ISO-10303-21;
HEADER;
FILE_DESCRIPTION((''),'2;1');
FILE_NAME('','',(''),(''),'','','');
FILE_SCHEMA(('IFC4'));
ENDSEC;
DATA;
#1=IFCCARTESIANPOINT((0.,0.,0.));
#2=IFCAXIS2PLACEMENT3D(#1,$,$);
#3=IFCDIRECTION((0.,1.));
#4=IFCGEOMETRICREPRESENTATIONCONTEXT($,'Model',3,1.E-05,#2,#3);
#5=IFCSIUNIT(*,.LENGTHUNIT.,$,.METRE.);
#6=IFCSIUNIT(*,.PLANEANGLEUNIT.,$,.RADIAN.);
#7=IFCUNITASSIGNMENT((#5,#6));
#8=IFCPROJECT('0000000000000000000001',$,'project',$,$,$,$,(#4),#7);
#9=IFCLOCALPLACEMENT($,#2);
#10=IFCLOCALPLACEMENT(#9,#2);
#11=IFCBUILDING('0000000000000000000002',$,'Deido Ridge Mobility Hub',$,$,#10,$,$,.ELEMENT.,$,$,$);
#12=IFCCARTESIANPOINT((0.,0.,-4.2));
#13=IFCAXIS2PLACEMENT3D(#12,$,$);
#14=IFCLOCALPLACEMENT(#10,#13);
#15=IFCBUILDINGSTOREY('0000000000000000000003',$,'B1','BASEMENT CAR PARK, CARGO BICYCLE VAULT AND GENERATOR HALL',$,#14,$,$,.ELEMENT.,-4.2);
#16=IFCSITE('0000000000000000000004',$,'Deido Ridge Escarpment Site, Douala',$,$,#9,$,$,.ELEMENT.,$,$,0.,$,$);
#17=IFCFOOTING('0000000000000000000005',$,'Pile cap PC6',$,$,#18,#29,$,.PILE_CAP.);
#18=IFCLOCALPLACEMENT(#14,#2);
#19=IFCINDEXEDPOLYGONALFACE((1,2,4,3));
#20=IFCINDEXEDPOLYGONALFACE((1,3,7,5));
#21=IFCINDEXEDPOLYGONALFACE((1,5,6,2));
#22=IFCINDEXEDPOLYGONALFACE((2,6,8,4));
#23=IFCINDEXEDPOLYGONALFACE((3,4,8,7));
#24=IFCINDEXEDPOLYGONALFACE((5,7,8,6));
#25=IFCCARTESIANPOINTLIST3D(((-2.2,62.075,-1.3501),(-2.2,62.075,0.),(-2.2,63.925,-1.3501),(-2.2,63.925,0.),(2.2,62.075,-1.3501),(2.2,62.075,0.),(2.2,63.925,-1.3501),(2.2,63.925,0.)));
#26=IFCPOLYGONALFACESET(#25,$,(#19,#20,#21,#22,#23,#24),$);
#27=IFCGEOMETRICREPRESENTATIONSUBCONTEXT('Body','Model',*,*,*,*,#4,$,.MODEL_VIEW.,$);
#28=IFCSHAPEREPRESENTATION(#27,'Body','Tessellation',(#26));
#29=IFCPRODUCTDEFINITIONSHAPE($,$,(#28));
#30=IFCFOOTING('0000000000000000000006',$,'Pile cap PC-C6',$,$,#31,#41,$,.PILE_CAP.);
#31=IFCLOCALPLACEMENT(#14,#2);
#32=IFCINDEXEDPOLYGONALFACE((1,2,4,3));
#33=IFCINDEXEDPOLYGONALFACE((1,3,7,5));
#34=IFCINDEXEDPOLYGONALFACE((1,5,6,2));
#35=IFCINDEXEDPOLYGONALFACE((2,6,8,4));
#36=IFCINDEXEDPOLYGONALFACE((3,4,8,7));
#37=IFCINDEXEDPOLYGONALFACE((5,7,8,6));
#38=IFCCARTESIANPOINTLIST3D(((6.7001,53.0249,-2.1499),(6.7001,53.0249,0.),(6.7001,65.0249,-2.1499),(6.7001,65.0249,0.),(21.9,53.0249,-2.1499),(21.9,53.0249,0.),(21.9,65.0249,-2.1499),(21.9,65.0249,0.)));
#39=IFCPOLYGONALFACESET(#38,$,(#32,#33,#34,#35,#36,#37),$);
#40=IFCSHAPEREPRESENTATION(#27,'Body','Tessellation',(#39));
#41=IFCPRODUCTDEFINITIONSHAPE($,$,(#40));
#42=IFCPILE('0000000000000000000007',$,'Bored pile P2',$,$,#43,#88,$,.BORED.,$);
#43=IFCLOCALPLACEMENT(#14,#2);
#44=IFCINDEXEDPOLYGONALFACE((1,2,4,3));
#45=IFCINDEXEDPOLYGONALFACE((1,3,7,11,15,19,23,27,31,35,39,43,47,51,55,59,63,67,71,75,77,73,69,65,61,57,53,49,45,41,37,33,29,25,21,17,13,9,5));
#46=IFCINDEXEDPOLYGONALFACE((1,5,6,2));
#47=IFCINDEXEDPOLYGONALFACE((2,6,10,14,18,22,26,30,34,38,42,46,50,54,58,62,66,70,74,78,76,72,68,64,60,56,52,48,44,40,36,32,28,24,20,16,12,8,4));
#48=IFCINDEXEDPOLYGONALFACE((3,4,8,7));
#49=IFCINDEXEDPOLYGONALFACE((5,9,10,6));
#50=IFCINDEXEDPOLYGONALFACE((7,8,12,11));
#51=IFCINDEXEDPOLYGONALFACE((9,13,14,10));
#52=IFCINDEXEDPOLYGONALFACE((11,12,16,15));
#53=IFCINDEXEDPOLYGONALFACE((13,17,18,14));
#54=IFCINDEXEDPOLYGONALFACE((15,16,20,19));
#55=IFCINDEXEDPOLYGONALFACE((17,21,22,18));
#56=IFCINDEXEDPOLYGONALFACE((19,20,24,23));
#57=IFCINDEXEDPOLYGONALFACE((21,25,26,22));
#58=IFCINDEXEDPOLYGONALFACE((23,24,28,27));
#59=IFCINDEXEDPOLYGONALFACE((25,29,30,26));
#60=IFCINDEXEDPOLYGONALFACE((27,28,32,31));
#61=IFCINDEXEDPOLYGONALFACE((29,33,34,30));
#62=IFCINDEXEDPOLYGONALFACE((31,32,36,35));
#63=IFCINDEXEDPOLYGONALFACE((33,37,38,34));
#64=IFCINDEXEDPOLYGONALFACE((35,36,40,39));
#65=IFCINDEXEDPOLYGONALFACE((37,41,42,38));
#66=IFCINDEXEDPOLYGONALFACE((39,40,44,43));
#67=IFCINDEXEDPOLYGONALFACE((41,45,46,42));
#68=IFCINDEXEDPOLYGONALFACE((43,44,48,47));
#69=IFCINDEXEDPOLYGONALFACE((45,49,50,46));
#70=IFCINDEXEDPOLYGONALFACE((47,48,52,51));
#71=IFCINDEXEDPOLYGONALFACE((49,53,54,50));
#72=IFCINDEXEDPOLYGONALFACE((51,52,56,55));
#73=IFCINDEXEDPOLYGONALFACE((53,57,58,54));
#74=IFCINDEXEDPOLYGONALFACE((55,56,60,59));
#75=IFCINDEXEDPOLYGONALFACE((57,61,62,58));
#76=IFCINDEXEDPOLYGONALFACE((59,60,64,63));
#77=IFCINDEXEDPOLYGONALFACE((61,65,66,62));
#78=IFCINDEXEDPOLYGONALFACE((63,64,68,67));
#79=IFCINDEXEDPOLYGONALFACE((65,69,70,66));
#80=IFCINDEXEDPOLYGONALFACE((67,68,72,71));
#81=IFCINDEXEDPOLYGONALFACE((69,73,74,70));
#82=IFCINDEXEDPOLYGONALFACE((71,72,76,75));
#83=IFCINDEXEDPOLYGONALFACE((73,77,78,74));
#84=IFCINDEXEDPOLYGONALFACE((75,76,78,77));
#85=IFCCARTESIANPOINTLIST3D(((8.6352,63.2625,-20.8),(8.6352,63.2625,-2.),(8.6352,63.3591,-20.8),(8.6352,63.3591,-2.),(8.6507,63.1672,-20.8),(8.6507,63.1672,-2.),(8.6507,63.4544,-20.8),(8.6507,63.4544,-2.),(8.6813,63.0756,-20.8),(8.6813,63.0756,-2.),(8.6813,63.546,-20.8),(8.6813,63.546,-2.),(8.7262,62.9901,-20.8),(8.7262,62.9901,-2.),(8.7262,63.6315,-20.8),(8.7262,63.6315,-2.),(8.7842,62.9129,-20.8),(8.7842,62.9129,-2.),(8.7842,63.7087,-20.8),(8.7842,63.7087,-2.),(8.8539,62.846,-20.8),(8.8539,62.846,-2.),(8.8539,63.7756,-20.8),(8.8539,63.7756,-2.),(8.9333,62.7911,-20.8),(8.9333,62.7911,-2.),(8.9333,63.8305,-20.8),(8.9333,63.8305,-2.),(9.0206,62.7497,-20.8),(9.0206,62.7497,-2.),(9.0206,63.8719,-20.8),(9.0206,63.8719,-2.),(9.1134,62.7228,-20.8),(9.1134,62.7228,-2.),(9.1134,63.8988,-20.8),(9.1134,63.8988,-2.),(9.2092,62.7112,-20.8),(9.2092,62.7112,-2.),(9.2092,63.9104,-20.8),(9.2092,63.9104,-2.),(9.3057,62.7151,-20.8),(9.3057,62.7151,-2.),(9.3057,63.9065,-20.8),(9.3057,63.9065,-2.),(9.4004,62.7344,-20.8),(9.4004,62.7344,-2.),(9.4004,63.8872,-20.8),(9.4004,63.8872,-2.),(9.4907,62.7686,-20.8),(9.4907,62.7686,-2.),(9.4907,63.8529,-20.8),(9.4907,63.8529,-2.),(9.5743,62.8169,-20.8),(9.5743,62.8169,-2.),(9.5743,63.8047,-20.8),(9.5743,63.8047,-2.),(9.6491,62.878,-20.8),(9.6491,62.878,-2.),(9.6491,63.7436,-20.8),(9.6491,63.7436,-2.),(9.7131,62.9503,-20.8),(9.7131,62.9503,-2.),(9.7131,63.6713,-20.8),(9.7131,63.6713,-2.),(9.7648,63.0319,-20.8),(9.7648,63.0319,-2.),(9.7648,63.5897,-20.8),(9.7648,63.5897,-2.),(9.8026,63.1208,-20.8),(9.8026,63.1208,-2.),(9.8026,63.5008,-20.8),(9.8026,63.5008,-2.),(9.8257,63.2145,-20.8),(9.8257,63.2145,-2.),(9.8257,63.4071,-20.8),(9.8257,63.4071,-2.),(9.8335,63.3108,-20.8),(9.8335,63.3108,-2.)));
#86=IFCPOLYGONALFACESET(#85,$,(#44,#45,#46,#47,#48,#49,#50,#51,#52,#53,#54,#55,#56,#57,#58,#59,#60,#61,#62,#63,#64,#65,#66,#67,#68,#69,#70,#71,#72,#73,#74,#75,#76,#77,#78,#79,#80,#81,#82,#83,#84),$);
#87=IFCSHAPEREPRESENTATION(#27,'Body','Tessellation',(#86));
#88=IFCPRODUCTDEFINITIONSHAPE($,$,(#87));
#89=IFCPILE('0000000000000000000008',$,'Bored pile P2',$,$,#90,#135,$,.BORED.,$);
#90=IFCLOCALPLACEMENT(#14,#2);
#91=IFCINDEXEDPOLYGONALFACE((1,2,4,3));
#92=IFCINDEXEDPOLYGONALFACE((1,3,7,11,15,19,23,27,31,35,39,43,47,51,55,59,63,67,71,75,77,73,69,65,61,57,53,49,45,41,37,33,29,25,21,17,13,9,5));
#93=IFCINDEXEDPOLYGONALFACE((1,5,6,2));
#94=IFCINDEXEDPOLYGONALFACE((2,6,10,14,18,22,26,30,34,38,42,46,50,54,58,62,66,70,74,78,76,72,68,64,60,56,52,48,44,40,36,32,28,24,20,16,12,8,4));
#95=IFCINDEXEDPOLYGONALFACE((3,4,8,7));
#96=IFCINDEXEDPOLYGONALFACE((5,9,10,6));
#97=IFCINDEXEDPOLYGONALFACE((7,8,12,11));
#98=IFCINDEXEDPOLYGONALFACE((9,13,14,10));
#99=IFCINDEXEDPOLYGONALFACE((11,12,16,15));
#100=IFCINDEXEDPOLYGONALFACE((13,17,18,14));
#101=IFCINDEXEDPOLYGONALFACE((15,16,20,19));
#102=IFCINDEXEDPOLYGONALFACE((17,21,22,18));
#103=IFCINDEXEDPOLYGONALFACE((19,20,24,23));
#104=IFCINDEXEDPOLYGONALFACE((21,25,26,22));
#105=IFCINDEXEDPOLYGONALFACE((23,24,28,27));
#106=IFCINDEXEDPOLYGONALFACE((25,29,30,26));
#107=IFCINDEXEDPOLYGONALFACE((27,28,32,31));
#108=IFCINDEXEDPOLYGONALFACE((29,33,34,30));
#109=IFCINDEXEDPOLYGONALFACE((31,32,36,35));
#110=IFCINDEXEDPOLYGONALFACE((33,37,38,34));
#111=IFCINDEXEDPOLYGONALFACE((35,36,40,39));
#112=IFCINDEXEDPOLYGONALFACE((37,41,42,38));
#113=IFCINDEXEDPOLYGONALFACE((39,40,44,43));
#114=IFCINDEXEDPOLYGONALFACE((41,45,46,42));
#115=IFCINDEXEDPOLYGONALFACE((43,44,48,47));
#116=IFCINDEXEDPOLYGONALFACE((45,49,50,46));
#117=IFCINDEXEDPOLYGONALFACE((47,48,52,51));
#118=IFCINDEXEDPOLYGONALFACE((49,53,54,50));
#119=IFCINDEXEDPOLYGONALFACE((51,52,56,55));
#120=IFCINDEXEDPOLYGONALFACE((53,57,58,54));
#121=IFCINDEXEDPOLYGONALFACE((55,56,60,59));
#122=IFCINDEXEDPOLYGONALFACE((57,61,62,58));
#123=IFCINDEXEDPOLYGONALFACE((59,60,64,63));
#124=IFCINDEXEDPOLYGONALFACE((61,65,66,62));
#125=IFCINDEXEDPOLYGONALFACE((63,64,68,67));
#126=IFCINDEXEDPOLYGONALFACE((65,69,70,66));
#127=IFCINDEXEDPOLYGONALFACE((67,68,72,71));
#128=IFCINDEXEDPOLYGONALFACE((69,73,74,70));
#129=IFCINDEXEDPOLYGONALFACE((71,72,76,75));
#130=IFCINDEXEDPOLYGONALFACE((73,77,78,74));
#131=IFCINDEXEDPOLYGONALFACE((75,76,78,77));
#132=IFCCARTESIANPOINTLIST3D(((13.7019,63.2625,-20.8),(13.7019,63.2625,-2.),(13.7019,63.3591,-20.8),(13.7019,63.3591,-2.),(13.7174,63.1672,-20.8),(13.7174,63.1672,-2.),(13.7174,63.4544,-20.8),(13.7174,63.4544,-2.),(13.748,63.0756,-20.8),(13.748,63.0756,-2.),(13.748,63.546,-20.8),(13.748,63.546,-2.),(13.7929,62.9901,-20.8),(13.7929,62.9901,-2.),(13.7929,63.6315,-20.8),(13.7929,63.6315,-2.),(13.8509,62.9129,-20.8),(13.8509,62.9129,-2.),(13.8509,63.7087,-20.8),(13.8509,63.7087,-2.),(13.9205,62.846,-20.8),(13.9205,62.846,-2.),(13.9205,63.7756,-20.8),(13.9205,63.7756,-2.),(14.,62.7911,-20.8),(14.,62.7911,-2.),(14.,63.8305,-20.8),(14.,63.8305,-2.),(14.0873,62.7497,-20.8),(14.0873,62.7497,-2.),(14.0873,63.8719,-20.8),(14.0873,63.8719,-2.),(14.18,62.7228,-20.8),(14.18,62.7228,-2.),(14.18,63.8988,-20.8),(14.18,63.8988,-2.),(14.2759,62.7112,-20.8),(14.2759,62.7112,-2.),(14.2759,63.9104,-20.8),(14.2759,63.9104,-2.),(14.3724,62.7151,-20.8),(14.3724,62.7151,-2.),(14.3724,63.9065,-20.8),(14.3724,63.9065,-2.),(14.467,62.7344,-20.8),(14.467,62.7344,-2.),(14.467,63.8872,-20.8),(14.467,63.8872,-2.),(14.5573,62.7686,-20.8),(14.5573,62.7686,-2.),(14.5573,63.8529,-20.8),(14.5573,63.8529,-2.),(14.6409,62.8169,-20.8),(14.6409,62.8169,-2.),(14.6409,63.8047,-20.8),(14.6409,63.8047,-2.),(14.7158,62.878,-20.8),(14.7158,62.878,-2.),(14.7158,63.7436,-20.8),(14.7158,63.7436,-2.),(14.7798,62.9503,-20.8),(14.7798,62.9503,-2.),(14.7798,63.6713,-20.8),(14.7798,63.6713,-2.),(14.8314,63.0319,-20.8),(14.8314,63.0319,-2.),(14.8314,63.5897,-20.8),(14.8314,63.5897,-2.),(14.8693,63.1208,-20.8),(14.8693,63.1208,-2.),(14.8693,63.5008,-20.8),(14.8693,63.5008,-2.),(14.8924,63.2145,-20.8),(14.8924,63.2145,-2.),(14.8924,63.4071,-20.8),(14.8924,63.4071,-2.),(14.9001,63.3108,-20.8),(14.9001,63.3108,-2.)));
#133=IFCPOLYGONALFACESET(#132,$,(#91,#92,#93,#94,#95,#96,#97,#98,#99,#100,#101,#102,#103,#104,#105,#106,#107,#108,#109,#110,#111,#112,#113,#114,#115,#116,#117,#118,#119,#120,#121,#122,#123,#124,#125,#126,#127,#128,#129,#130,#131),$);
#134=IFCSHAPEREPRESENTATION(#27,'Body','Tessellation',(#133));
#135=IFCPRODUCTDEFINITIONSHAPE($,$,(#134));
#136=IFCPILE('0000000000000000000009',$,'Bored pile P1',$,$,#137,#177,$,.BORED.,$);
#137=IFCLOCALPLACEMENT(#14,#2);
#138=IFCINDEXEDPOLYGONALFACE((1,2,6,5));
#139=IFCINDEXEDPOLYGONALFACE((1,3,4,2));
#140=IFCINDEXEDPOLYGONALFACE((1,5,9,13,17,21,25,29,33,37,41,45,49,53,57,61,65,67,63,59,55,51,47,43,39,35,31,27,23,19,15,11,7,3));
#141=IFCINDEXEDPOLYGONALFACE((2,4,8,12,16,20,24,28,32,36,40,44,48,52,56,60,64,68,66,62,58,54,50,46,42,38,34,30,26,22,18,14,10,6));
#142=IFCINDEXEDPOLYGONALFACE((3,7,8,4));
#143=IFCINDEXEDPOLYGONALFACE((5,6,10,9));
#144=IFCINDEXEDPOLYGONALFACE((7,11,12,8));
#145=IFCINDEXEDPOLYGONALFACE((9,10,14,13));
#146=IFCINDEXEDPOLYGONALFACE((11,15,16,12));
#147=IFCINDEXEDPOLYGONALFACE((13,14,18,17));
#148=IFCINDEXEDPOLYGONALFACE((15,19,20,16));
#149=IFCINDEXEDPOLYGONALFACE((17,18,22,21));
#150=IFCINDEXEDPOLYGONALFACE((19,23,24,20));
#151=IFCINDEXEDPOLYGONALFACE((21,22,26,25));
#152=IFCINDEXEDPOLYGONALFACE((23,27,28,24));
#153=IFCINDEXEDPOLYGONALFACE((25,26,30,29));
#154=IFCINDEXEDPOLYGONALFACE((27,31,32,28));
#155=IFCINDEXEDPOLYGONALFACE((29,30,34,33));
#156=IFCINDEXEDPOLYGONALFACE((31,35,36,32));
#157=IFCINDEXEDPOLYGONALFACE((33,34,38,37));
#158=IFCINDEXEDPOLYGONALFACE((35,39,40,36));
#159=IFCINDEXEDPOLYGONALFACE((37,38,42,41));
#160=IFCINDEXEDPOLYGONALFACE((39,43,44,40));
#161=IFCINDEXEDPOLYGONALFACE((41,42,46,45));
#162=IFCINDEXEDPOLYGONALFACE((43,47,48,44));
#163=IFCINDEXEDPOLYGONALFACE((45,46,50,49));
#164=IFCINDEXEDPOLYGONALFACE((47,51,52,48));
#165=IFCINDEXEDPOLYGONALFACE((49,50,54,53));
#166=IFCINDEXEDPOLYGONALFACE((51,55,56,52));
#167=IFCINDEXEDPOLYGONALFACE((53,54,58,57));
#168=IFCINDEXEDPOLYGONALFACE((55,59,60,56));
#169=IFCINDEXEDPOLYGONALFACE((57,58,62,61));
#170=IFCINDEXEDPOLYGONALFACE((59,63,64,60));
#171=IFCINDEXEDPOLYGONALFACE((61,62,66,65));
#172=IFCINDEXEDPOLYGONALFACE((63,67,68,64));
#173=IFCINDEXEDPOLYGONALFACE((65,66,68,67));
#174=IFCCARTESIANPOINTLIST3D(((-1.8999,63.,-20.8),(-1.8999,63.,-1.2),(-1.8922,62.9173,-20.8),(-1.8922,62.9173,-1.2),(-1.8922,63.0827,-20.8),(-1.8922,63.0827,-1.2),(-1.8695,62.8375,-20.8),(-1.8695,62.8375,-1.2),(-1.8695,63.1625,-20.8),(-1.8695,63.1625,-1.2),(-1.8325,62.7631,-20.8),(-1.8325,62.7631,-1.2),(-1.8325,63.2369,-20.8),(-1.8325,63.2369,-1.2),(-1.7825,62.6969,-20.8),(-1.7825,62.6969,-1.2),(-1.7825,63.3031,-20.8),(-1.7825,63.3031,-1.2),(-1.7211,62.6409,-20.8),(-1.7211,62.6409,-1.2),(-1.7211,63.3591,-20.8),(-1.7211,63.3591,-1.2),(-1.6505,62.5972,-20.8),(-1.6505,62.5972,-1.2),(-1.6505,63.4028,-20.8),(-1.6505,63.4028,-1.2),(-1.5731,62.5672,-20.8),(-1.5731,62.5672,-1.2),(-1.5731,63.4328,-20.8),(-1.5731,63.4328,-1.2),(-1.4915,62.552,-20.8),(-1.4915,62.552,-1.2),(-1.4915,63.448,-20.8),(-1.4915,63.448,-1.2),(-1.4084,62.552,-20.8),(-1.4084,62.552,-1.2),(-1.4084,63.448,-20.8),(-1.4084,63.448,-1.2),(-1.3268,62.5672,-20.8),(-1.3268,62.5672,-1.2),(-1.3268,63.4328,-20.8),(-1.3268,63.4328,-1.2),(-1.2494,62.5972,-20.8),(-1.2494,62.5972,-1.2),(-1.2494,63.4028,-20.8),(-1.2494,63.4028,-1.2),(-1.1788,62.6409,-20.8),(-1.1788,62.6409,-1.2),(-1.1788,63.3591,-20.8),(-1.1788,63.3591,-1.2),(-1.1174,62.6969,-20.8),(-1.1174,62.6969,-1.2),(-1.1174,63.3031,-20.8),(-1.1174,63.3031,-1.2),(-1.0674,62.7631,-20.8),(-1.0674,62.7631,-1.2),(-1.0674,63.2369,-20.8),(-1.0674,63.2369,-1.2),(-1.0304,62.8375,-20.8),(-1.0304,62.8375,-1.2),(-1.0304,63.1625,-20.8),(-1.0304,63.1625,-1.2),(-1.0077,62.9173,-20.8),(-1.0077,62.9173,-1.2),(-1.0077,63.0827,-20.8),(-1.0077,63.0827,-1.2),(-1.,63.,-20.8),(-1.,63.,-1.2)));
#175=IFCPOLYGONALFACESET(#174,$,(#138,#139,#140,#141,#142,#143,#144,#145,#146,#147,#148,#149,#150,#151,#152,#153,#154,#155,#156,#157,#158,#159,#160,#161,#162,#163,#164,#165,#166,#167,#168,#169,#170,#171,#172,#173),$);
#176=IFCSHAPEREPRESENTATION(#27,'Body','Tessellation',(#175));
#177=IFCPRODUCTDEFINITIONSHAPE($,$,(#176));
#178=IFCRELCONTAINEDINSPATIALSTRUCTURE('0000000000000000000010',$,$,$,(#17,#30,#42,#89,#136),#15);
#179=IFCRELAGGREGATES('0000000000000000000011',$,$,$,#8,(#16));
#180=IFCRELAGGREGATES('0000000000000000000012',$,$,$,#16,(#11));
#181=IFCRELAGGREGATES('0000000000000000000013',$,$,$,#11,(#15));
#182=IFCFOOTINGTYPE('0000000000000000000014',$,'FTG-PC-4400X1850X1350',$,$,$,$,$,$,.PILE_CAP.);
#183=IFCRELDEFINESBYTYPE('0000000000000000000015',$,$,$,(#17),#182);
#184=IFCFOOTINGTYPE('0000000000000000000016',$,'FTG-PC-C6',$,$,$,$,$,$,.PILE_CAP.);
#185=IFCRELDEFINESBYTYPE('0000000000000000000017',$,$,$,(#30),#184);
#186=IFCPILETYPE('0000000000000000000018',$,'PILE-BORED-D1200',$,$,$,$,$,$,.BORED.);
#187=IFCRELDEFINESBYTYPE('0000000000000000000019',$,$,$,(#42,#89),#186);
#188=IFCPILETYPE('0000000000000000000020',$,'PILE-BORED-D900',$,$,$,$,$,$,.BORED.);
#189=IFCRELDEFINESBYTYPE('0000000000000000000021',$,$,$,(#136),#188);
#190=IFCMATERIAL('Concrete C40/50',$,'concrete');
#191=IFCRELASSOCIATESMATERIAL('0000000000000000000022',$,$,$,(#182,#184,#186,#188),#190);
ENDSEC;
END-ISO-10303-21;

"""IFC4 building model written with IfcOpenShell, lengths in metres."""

from ifc_helpers import new_model, si_unit, direction, frame, origin, origin_2d, place, context, subcontext, project, spatial, rectangle, circle, extrude, material, material_profile, profile_set, type_object, element, save


model = new_model("IFC4")

# Units and contexts
model_context = context("Model", 3, precision=1e-05, world=origin(), true_north=direction((0.0, 1.0)))
body_context = subcontext(model_context, "Body", "Model", "MODEL_VIEW")
ifc_project = project(units=[si_unit("LENGTHUNIT", "METRE"), si_unit("PLANEANGLEUNIT", "RADIAN")], contexts=[model_context])

# Site, building, storey
site_placement = place(None, origin())
site = spatial("IfcSite", under=ifc_project, at=site_placement, Name="Deido Ridge Escarpment Site, Douala", CompositionType="ELEMENT", RefElevation=0.0)
building_placement = place(site_placement, origin())
building = spatial("IfcBuilding", under=site, at=building_placement, Name="Deido Ridge Mobility Hub", CompositionType="ELEMENT")
storey_placement = place(building_placement, frame((0.0, 0.0, -4.2)))
storey = spatial("IfcBuildingStorey", under=building, at=storey_placement, Name="B1", Description="BASEMENT CAR PARK, CARGO BICYCLE VAULT AND GENERATOR HALL", CompositionType="ELEMENT", Elevation=-4.2)

# Footings
ifc_material_1 = material(Name="Concrete C40/50", Category="concrete")
footing_type_1 = type_object("IfcFootingType", Name="FTG-PC-4400X1850X1350", PredefinedType="PILE_CAP", material=ifc_material_1)
footing_1_placement = place(storey_placement, frame((0.0, 63.0, -1.3501), z_axis=(0.0, 0.0, 1.0), x_axis=(1.0, 0.0, 0.0)))
element("IfcFooting", 1, at=footing_1_placement, inside=storey, type_object=footing_type_1, Name="Pile cap PC6", PredefinedType="PILE_CAP", context=body_context, shape_type="SweptSolid", body=[
    extrude(rectangle(XDim=4.3999, YDim=1.8501, at=origin_2d()), origin(), (0.0, 0.0, 1.0), 1.3501),
])
footing_type_2 = type_object("IfcFootingType", Name="FTG-PC-C6", PredefinedType="PILE_CAP", material=ifc_material_1)
footing_2_placement = place(storey_placement, frame((14.3, 59.0249, -2.1499), z_axis=(0.0, 0.0, 1.0), x_axis=(1.0, 0.0, 0.0)))
element("IfcFooting", 2, at=footing_2_placement, inside=storey, type_object=footing_type_2, Name="Pile cap PC-C6", PredefinedType="PILE_CAP", context=body_context, shape_type="SweptSolid", body=[
    extrude(rectangle(XDim=15.2, YDim=12.0, at=origin_2d()), origin(), (0.0, 0.0, 1.0), 2.1499),
])

# Piles
ifc_material_profile_1 = material_profile(ifc_material_1, circle(Radius=0.6001, at=origin_2d()), Name="BORED PILE D1200")
ifc_profile_set_1 = profile_set([ifc_material_profile_1], Name="Concrete C40/50")
pile_type_1 = type_object("IfcPileType", Name="PILE-BORED-D1200", PredefinedType="BORED", material=ifc_profile_set_1)
for number, where, z_axis, x_axis, name in (
    (3, (9.2334, 63.3108, -2.0), (0.0, 0.0, -1.0), (1.0, 0.0, 0.0), "Bored pile P2"),
    (4, (14.3, 63.3108, -2.0), (0.0, 0.0, -1.0), (1.0, 0.0, 0.0), "Bored pile P2"),
):
    element("IfcPile", number, at=place(storey_placement, frame(where, z_axis=z_axis, x_axis=x_axis)), inside=storey, type_object=pile_type_1, Name=name, PredefinedType="BORED", context=body_context, shape_type="SweptSolid", body=[
        extrude(circle(Radius=0.6001, at=origin_2d()), origin(), (0.0, 0.0, 1.0), 18.8),
    ])
ifc_material_profile_2 = material_profile(ifc_material_1, circle(Radius=0.45, at=origin_2d()), Name="BORED PILE D900")
ifc_profile_set_2 = profile_set([ifc_material_profile_2], Name="Concrete C40/50")
pile_type_2 = type_object("IfcPileType", Name="PILE-BORED-D900", PredefinedType="BORED", material=ifc_profile_set_2)
for number, where, z_axis, x_axis, name in (
    (5, (-1.45, 63.0, -1.2), (0.0, 0.0, -1.0), (1.0, 0.0, 0.0), "Bored pile P1"),
):
    element("IfcPile", number, at=place(storey_placement, frame(where, z_axis=z_axis, x_axis=x_axis)), inside=storey, type_object=pile_type_2, Name=name, PredefinedType="BORED", context=body_context, shape_type="SweptSolid", body=[
        extrude(circle(Radius=0.45, at=origin_2d()), origin(), (0.0, 0.0, 1.0), 19.6001),
    ])

save(model, "model.ifc")
